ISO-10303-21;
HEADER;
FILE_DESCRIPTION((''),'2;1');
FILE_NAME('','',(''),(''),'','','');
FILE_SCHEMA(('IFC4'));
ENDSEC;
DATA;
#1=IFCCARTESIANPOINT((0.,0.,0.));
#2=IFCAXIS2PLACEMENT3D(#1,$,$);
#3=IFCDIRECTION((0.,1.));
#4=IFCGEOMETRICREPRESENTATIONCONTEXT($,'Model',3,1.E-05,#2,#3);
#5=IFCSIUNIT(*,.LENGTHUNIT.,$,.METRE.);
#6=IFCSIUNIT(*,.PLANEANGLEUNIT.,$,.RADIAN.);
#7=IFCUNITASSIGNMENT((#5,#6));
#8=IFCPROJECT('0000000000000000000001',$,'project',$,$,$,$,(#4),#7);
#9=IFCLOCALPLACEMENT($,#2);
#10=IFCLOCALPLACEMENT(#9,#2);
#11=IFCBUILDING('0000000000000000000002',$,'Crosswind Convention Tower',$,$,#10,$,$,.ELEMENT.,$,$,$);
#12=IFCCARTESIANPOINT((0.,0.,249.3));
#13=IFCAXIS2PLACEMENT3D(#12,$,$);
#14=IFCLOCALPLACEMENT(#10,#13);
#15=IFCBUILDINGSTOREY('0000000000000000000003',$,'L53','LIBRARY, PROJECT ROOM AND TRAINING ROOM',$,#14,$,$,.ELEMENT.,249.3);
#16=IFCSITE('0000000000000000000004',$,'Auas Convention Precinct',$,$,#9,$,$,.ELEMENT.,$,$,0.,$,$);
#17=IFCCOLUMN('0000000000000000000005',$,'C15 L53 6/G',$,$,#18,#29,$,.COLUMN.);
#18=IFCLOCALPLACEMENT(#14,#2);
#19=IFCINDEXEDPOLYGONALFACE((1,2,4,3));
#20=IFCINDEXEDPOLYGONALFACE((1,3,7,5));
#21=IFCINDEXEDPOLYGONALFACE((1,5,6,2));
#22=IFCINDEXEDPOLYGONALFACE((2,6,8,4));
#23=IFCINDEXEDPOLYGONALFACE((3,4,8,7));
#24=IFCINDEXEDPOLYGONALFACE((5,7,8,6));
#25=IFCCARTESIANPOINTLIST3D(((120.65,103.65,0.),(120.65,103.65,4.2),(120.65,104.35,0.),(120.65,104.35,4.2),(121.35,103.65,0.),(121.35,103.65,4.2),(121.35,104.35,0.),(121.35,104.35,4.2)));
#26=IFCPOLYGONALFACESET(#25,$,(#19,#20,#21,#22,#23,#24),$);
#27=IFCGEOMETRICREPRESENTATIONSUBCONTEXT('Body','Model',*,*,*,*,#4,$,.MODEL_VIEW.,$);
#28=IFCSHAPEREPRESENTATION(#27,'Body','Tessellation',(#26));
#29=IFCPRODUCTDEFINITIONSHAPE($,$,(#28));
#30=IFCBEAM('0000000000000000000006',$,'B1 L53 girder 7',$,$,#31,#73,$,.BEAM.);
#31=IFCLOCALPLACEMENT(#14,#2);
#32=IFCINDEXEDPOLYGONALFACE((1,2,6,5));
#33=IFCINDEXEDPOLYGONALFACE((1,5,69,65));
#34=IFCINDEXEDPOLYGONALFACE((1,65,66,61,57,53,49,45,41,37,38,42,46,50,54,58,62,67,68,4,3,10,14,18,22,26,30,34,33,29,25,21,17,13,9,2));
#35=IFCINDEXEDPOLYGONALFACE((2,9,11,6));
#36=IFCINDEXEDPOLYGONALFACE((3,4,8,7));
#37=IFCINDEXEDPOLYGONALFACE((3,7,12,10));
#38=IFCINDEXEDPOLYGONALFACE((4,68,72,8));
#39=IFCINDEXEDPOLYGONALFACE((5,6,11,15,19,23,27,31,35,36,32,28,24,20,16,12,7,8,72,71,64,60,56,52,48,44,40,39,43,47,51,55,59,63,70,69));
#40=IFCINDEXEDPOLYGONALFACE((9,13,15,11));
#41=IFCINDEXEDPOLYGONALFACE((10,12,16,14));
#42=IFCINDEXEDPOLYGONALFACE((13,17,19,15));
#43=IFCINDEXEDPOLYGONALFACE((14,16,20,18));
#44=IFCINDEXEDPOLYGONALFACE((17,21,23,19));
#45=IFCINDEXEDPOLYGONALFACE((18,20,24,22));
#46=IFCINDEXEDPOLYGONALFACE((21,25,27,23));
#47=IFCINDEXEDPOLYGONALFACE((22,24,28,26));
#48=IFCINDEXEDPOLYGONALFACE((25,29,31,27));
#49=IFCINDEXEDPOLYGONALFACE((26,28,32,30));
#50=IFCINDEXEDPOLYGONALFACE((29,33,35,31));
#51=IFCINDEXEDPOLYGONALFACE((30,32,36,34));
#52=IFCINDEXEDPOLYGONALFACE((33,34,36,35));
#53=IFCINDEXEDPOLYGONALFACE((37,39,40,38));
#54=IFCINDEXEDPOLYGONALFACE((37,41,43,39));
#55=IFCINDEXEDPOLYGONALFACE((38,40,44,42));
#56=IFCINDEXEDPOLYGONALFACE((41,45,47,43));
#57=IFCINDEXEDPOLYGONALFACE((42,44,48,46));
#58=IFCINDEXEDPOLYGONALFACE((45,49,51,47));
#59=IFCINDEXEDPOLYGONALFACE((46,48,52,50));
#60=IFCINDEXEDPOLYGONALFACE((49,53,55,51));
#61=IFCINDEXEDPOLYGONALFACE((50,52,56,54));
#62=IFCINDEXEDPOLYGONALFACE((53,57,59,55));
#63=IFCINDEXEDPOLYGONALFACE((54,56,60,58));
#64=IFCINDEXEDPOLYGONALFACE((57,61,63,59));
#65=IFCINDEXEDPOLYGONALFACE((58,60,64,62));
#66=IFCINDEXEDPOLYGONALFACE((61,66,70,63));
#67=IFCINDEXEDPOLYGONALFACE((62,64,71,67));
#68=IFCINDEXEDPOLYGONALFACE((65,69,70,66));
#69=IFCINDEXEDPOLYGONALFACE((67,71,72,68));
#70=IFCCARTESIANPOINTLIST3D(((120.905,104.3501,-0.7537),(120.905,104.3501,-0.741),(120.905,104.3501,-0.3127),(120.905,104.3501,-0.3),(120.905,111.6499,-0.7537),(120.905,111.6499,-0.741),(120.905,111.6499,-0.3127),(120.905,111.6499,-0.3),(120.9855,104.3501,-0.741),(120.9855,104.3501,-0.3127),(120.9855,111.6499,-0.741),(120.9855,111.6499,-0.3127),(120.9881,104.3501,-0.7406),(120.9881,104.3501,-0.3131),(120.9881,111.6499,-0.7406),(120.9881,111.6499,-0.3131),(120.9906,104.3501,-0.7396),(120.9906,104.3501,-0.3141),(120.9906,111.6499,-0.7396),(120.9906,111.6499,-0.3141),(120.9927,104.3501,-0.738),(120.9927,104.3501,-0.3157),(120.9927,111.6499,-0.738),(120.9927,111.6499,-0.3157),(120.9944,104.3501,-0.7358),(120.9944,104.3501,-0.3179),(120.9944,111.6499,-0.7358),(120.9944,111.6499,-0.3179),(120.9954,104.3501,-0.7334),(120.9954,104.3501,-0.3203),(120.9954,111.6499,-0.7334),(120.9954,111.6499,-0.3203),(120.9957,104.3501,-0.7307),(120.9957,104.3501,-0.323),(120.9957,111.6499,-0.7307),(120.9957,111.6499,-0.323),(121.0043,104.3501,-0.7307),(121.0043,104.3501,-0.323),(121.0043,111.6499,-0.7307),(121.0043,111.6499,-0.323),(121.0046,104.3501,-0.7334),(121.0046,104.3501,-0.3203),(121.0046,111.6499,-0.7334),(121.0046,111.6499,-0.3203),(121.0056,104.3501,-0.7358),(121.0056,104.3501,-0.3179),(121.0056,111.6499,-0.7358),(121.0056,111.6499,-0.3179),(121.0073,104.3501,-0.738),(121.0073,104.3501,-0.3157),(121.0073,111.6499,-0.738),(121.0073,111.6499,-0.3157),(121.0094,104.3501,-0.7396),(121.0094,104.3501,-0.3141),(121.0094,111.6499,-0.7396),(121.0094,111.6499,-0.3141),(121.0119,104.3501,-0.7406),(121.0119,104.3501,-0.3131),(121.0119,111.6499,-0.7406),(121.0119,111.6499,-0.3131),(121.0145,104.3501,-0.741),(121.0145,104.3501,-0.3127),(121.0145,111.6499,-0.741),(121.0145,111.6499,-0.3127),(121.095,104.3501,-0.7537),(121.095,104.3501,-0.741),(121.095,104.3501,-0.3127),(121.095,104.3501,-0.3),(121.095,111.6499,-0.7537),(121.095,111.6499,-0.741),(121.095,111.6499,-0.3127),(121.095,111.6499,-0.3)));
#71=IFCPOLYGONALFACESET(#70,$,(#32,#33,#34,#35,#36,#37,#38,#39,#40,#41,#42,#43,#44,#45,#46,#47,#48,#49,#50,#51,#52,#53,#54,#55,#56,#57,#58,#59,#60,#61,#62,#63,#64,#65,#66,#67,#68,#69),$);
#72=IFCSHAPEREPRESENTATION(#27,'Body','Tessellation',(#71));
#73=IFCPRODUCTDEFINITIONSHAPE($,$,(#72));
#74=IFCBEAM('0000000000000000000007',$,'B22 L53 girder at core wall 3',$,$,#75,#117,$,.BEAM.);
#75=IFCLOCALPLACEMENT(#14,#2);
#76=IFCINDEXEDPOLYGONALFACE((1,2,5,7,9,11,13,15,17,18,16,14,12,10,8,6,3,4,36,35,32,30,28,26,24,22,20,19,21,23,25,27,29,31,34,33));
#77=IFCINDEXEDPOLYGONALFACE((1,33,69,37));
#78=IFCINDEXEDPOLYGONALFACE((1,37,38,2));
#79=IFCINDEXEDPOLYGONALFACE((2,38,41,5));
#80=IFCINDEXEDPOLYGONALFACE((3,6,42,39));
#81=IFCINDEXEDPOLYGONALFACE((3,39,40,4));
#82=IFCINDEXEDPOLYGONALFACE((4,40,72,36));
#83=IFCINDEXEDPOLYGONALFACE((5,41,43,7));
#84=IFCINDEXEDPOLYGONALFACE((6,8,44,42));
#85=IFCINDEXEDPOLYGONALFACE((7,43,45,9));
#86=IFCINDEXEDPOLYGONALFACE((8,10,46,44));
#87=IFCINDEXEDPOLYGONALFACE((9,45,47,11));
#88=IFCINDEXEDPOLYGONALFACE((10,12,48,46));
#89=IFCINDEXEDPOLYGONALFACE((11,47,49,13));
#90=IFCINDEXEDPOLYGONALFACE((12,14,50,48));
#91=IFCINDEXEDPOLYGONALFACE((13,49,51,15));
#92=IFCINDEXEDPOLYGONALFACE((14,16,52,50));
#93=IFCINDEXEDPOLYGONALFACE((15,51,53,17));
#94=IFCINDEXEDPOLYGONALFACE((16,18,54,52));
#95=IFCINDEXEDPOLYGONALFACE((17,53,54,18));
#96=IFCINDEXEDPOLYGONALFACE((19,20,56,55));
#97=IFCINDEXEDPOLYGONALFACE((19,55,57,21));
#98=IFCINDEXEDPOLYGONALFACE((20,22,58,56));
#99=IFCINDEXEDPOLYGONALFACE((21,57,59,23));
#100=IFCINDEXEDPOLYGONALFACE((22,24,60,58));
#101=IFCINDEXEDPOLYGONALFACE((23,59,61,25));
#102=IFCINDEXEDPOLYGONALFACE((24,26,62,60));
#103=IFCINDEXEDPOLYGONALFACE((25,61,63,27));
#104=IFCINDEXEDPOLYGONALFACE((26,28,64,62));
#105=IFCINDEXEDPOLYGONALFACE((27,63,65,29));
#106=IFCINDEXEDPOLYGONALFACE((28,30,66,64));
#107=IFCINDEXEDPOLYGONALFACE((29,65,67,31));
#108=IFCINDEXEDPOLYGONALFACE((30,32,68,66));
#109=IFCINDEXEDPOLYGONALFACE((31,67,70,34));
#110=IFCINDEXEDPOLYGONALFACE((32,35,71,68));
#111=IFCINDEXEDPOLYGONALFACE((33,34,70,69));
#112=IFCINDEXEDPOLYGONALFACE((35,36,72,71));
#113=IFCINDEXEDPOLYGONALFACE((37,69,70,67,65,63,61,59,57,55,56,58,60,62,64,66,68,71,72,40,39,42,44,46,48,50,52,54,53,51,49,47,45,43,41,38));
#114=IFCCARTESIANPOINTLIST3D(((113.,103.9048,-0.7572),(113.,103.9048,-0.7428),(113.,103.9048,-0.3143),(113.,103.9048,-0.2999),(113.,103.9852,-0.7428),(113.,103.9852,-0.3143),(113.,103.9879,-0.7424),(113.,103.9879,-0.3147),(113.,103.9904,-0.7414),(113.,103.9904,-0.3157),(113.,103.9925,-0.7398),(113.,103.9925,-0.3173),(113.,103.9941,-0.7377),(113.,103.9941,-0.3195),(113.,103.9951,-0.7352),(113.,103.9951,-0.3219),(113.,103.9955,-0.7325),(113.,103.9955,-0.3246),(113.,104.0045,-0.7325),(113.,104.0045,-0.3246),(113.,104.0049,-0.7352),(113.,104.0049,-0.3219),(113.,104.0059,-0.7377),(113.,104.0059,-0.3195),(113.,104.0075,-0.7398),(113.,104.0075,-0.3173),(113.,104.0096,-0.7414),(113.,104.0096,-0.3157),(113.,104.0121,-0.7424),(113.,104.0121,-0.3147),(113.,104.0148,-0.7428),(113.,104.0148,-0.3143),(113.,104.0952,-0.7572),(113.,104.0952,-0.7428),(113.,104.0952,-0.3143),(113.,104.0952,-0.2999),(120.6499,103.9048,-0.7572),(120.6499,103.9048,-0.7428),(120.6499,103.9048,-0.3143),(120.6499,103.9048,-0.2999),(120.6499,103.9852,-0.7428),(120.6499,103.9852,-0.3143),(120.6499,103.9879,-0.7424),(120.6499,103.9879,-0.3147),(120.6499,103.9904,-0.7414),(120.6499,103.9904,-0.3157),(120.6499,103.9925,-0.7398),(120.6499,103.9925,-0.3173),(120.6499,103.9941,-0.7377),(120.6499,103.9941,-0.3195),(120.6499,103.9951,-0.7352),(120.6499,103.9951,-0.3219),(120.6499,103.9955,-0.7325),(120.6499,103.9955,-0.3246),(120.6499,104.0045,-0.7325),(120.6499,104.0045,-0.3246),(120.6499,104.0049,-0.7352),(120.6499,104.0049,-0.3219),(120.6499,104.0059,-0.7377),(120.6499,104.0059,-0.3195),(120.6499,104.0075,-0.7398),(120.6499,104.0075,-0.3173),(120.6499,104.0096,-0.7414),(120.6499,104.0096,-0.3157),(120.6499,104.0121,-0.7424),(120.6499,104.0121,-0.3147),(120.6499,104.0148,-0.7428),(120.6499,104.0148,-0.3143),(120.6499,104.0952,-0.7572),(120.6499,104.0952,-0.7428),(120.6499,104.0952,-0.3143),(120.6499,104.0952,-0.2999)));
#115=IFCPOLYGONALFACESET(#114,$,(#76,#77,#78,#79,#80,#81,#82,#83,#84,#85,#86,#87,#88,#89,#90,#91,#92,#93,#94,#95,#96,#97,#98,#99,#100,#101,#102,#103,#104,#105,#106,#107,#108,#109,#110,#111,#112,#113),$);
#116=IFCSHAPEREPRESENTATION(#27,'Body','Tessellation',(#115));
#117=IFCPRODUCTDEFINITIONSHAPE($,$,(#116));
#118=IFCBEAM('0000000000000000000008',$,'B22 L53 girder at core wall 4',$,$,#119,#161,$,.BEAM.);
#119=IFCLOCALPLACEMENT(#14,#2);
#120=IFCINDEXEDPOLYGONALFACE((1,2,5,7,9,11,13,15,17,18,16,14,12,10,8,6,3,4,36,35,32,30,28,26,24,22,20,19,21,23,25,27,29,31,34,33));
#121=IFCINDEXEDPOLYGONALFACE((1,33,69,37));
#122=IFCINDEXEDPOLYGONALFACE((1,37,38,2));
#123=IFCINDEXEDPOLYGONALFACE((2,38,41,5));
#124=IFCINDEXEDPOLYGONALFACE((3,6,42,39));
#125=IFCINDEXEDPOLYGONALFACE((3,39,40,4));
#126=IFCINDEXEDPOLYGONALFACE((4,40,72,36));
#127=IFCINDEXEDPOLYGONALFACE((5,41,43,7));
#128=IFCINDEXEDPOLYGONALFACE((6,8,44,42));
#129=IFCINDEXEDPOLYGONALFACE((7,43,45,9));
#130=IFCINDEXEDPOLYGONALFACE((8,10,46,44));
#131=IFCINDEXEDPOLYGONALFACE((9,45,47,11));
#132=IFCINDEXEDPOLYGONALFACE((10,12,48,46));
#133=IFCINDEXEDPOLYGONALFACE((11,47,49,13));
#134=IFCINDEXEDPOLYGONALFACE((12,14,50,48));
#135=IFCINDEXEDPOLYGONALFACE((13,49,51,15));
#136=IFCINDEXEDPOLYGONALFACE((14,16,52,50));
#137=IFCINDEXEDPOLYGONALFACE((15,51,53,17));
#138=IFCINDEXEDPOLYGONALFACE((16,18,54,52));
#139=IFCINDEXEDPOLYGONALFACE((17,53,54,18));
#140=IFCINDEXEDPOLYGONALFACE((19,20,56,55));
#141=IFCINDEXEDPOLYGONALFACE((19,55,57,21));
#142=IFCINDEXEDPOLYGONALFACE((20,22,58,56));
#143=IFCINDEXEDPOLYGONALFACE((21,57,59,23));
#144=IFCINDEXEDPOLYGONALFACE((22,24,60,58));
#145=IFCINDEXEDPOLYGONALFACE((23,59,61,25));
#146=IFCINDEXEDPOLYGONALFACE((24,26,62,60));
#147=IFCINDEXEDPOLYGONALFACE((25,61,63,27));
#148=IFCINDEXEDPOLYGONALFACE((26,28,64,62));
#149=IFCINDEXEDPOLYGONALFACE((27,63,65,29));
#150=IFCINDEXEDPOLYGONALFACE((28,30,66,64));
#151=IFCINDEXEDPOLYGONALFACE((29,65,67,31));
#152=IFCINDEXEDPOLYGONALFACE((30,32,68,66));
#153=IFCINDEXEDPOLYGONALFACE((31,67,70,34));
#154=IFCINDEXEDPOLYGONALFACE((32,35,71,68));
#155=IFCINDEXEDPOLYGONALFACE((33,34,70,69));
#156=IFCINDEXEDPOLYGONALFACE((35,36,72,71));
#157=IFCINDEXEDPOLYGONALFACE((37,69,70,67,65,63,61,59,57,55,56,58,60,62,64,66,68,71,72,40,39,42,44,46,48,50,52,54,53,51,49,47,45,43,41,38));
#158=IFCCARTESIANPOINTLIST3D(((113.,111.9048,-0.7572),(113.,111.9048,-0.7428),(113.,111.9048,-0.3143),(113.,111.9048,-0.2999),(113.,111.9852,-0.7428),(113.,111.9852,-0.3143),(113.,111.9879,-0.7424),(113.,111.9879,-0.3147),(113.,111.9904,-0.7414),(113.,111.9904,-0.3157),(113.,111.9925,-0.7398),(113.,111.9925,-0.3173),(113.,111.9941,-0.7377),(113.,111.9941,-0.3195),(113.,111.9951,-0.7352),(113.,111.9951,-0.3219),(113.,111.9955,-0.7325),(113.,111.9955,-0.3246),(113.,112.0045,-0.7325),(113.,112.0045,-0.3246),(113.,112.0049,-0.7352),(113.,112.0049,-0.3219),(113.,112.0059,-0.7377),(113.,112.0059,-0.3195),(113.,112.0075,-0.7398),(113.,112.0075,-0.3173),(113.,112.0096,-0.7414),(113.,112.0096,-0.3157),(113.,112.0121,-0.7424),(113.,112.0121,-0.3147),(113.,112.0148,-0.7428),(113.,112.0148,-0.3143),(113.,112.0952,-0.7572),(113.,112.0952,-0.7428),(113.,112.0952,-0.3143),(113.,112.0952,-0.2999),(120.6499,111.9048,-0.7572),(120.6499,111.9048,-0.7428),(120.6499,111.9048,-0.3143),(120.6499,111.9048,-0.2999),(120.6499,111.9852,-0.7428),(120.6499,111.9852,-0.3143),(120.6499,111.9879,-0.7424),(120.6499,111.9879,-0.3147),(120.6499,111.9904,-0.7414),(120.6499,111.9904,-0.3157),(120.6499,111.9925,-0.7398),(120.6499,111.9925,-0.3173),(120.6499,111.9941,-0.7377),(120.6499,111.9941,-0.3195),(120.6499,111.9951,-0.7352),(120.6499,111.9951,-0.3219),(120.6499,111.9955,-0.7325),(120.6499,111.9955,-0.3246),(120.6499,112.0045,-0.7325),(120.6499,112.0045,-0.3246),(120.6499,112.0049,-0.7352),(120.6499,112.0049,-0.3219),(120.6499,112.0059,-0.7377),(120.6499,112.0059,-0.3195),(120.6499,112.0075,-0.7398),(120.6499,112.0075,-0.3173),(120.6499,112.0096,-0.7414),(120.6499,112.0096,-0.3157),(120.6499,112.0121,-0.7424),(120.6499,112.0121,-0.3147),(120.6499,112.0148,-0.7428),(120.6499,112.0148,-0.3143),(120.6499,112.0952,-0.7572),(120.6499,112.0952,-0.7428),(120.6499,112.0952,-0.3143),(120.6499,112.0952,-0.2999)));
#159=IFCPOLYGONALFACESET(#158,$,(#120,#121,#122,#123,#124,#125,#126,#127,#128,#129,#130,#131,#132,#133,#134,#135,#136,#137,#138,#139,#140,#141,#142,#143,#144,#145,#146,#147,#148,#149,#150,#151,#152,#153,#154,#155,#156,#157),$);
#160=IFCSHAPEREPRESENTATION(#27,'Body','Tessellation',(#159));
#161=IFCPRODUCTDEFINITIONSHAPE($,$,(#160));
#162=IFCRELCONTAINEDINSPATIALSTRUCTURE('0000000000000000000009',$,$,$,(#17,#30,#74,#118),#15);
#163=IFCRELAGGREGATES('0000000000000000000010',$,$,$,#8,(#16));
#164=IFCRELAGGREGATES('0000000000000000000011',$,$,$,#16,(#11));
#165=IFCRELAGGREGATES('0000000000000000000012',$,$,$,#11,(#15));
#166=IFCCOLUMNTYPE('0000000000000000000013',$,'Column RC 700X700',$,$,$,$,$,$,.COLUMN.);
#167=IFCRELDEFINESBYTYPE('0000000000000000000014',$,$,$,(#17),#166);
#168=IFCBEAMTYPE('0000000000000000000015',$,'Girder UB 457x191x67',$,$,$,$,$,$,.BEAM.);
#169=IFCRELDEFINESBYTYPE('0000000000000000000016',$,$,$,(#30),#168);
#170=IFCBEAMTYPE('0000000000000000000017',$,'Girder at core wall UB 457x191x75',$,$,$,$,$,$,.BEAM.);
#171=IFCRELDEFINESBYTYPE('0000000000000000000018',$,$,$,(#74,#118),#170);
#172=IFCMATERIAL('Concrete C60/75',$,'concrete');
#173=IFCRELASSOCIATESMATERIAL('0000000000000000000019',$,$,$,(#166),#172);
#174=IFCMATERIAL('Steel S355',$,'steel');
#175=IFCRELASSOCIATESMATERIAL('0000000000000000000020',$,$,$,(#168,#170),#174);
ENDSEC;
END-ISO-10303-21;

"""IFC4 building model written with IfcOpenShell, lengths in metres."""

from ifc_helpers import new_model, si_unit, direction, frame, origin, origin_2d, place, context, subcontext, project, spatial, rectangle, i_section, extrude, material, material_profile, profile_set, type_object, element, save


model = new_model("IFC4")

# Units and contexts
model_context = context("Model", 3, precision=1e-05, world=origin(), true_north=direction((0.0, 1.0)))
body_context = subcontext(model_context, "Body", "Model", "MODEL_VIEW")
ifc_project = project(units=[si_unit("LENGTHUNIT", "METRE"), si_unit("PLANEANGLEUNIT", "RADIAN")], contexts=[model_context])

# Site, building, storey
site_placement = place(None, origin())
site = spatial("IfcSite", under=ifc_project, at=site_placement, Name="Auas Convention Precinct", CompositionType="ELEMENT", RefElevation=0.0)
building_placement = place(site_placement, origin())
building = spatial("IfcBuilding", under=site, at=building_placement, Name="Crosswind Convention Tower", CompositionType="ELEMENT")
storey_placement = place(building_placement, frame((0.0, 0.0, 249.3)))
storey = spatial("IfcBuildingStorey", under=building, at=storey_placement, Name="L53", Description="LIBRARY, PROJECT ROOM AND TRAINING ROOM", CompositionType="ELEMENT", Elevation=249.3)

# Column
ifc_material_1 = material(Name="Concrete C60/75", Category="concrete")
ifc_material_profile_1 = material_profile(ifc_material_1, rectangle(XDim=0.7, YDim=0.7, at=origin_2d()), Name="RC 700X700")
ifc_profile_set_1 = profile_set([ifc_material_profile_1], Name="Concrete C60/75")
column_type = type_object("IfcColumnType", Name="Column RC 700X700", PredefinedType="COLUMN", material=ifc_profile_set_1)
column_placement = place(storey_placement, frame((121.0, 104.0, 0.0), z_axis=(0.0, 0.0, 1.0), x_axis=(1.0, 0.0, 0.0)))
element("IfcColumn", 1, at=column_placement, inside=storey, type_object=column_type, Name="C15 L53 6/G", PredefinedType="COLUMN", context=body_context, shape_type="SweptSolid", body=[
    extrude(rectangle(XDim=0.7, YDim=0.7, at=origin_2d()), origin(), (0.0, 0.0, 1.0), 4.2),
])

# Beams
ifc_material_2 = material(Name="Steel S355", Category="steel")
ifc_material_profile_2 = material_profile(ifc_material_2, i_section(OverallWidth=0.1899, OverallDepth=0.4536, WebThickness=0.0085, FlangeThickness=0.0127, FilletRadius=0.0103, at=origin_2d()), Name="UB 457x191x67")
ifc_profile_set_2 = profile_set([ifc_material_profile_2], Name="Steel S355")
beam_type_1 = type_object("IfcBeamType", Name="Girder UB 457x191x67", PredefinedType="BEAM", material=ifc_profile_set_2)
beam_placement = place(storey_placement, frame((121.0, 104.3501, -0.5269), z_axis=(0.0, 1.0, 0.0), x_axis=(-1.0, 0.0, 0.0)))
element("IfcBeam", 2, at=beam_placement, inside=storey, type_object=beam_type_1, Name="B1 L53 girder 7", PredefinedType="BEAM", context=body_context, shape_type="SweptSolid", body=[
    extrude(i_section(OverallWidth=0.1899, OverallDepth=0.4536, WebThickness=0.0085, FlangeThickness=0.0127, FilletRadius=0.0103, at=origin_2d()), origin(), (0.0, 0.0, 1.0), 7.2998),
])
ifc_material_profile_3 = material_profile(ifc_material_2, i_section(OverallWidth=0.1904, OverallDepth=0.4573, WebThickness=0.009, FlangeThickness=0.0144, FilletRadius=0.0103, at=origin_2d()), Name="UB 457x191x75")
ifc_profile_set_3 = profile_set([ifc_material_profile_3], Name="Steel S355")
beam_type_2 = type_object("IfcBeamType", Name="Girder at core wall UB 457x191x75", PredefinedType="BEAM", material=ifc_profile_set_3)
for number, where, z_axis, x_axis, name in (
    (3, (113.0, 104.0, -0.5286), (1.0, 0.0, 0.0), (0.0, 1.0, 0.0), "B22 L53 girder at core wall 3"),
    (4, (113.0, 112.0, -0.5286), (1.0, 0.0, 0.0), (0.0, 1.0, 0.0), "B22 L53 girder at core wall 4"),
):
    element("IfcBeam", number, at=place(storey_placement, frame(where, z_axis=z_axis, x_axis=x_axis)), inside=storey, type_object=beam_type_2, Name=name, PredefinedType="BEAM", context=body_context, shape_type="SweptSolid", body=[
        extrude(i_section(OverallWidth=0.1904, OverallDepth=0.4573, WebThickness=0.009, FlangeThickness=0.0144, FilletRadius=0.0103, at=origin_2d()), origin(), (0.0, 0.0, 1.0), 7.6499),
    ])

save(model, "model.ifc")
